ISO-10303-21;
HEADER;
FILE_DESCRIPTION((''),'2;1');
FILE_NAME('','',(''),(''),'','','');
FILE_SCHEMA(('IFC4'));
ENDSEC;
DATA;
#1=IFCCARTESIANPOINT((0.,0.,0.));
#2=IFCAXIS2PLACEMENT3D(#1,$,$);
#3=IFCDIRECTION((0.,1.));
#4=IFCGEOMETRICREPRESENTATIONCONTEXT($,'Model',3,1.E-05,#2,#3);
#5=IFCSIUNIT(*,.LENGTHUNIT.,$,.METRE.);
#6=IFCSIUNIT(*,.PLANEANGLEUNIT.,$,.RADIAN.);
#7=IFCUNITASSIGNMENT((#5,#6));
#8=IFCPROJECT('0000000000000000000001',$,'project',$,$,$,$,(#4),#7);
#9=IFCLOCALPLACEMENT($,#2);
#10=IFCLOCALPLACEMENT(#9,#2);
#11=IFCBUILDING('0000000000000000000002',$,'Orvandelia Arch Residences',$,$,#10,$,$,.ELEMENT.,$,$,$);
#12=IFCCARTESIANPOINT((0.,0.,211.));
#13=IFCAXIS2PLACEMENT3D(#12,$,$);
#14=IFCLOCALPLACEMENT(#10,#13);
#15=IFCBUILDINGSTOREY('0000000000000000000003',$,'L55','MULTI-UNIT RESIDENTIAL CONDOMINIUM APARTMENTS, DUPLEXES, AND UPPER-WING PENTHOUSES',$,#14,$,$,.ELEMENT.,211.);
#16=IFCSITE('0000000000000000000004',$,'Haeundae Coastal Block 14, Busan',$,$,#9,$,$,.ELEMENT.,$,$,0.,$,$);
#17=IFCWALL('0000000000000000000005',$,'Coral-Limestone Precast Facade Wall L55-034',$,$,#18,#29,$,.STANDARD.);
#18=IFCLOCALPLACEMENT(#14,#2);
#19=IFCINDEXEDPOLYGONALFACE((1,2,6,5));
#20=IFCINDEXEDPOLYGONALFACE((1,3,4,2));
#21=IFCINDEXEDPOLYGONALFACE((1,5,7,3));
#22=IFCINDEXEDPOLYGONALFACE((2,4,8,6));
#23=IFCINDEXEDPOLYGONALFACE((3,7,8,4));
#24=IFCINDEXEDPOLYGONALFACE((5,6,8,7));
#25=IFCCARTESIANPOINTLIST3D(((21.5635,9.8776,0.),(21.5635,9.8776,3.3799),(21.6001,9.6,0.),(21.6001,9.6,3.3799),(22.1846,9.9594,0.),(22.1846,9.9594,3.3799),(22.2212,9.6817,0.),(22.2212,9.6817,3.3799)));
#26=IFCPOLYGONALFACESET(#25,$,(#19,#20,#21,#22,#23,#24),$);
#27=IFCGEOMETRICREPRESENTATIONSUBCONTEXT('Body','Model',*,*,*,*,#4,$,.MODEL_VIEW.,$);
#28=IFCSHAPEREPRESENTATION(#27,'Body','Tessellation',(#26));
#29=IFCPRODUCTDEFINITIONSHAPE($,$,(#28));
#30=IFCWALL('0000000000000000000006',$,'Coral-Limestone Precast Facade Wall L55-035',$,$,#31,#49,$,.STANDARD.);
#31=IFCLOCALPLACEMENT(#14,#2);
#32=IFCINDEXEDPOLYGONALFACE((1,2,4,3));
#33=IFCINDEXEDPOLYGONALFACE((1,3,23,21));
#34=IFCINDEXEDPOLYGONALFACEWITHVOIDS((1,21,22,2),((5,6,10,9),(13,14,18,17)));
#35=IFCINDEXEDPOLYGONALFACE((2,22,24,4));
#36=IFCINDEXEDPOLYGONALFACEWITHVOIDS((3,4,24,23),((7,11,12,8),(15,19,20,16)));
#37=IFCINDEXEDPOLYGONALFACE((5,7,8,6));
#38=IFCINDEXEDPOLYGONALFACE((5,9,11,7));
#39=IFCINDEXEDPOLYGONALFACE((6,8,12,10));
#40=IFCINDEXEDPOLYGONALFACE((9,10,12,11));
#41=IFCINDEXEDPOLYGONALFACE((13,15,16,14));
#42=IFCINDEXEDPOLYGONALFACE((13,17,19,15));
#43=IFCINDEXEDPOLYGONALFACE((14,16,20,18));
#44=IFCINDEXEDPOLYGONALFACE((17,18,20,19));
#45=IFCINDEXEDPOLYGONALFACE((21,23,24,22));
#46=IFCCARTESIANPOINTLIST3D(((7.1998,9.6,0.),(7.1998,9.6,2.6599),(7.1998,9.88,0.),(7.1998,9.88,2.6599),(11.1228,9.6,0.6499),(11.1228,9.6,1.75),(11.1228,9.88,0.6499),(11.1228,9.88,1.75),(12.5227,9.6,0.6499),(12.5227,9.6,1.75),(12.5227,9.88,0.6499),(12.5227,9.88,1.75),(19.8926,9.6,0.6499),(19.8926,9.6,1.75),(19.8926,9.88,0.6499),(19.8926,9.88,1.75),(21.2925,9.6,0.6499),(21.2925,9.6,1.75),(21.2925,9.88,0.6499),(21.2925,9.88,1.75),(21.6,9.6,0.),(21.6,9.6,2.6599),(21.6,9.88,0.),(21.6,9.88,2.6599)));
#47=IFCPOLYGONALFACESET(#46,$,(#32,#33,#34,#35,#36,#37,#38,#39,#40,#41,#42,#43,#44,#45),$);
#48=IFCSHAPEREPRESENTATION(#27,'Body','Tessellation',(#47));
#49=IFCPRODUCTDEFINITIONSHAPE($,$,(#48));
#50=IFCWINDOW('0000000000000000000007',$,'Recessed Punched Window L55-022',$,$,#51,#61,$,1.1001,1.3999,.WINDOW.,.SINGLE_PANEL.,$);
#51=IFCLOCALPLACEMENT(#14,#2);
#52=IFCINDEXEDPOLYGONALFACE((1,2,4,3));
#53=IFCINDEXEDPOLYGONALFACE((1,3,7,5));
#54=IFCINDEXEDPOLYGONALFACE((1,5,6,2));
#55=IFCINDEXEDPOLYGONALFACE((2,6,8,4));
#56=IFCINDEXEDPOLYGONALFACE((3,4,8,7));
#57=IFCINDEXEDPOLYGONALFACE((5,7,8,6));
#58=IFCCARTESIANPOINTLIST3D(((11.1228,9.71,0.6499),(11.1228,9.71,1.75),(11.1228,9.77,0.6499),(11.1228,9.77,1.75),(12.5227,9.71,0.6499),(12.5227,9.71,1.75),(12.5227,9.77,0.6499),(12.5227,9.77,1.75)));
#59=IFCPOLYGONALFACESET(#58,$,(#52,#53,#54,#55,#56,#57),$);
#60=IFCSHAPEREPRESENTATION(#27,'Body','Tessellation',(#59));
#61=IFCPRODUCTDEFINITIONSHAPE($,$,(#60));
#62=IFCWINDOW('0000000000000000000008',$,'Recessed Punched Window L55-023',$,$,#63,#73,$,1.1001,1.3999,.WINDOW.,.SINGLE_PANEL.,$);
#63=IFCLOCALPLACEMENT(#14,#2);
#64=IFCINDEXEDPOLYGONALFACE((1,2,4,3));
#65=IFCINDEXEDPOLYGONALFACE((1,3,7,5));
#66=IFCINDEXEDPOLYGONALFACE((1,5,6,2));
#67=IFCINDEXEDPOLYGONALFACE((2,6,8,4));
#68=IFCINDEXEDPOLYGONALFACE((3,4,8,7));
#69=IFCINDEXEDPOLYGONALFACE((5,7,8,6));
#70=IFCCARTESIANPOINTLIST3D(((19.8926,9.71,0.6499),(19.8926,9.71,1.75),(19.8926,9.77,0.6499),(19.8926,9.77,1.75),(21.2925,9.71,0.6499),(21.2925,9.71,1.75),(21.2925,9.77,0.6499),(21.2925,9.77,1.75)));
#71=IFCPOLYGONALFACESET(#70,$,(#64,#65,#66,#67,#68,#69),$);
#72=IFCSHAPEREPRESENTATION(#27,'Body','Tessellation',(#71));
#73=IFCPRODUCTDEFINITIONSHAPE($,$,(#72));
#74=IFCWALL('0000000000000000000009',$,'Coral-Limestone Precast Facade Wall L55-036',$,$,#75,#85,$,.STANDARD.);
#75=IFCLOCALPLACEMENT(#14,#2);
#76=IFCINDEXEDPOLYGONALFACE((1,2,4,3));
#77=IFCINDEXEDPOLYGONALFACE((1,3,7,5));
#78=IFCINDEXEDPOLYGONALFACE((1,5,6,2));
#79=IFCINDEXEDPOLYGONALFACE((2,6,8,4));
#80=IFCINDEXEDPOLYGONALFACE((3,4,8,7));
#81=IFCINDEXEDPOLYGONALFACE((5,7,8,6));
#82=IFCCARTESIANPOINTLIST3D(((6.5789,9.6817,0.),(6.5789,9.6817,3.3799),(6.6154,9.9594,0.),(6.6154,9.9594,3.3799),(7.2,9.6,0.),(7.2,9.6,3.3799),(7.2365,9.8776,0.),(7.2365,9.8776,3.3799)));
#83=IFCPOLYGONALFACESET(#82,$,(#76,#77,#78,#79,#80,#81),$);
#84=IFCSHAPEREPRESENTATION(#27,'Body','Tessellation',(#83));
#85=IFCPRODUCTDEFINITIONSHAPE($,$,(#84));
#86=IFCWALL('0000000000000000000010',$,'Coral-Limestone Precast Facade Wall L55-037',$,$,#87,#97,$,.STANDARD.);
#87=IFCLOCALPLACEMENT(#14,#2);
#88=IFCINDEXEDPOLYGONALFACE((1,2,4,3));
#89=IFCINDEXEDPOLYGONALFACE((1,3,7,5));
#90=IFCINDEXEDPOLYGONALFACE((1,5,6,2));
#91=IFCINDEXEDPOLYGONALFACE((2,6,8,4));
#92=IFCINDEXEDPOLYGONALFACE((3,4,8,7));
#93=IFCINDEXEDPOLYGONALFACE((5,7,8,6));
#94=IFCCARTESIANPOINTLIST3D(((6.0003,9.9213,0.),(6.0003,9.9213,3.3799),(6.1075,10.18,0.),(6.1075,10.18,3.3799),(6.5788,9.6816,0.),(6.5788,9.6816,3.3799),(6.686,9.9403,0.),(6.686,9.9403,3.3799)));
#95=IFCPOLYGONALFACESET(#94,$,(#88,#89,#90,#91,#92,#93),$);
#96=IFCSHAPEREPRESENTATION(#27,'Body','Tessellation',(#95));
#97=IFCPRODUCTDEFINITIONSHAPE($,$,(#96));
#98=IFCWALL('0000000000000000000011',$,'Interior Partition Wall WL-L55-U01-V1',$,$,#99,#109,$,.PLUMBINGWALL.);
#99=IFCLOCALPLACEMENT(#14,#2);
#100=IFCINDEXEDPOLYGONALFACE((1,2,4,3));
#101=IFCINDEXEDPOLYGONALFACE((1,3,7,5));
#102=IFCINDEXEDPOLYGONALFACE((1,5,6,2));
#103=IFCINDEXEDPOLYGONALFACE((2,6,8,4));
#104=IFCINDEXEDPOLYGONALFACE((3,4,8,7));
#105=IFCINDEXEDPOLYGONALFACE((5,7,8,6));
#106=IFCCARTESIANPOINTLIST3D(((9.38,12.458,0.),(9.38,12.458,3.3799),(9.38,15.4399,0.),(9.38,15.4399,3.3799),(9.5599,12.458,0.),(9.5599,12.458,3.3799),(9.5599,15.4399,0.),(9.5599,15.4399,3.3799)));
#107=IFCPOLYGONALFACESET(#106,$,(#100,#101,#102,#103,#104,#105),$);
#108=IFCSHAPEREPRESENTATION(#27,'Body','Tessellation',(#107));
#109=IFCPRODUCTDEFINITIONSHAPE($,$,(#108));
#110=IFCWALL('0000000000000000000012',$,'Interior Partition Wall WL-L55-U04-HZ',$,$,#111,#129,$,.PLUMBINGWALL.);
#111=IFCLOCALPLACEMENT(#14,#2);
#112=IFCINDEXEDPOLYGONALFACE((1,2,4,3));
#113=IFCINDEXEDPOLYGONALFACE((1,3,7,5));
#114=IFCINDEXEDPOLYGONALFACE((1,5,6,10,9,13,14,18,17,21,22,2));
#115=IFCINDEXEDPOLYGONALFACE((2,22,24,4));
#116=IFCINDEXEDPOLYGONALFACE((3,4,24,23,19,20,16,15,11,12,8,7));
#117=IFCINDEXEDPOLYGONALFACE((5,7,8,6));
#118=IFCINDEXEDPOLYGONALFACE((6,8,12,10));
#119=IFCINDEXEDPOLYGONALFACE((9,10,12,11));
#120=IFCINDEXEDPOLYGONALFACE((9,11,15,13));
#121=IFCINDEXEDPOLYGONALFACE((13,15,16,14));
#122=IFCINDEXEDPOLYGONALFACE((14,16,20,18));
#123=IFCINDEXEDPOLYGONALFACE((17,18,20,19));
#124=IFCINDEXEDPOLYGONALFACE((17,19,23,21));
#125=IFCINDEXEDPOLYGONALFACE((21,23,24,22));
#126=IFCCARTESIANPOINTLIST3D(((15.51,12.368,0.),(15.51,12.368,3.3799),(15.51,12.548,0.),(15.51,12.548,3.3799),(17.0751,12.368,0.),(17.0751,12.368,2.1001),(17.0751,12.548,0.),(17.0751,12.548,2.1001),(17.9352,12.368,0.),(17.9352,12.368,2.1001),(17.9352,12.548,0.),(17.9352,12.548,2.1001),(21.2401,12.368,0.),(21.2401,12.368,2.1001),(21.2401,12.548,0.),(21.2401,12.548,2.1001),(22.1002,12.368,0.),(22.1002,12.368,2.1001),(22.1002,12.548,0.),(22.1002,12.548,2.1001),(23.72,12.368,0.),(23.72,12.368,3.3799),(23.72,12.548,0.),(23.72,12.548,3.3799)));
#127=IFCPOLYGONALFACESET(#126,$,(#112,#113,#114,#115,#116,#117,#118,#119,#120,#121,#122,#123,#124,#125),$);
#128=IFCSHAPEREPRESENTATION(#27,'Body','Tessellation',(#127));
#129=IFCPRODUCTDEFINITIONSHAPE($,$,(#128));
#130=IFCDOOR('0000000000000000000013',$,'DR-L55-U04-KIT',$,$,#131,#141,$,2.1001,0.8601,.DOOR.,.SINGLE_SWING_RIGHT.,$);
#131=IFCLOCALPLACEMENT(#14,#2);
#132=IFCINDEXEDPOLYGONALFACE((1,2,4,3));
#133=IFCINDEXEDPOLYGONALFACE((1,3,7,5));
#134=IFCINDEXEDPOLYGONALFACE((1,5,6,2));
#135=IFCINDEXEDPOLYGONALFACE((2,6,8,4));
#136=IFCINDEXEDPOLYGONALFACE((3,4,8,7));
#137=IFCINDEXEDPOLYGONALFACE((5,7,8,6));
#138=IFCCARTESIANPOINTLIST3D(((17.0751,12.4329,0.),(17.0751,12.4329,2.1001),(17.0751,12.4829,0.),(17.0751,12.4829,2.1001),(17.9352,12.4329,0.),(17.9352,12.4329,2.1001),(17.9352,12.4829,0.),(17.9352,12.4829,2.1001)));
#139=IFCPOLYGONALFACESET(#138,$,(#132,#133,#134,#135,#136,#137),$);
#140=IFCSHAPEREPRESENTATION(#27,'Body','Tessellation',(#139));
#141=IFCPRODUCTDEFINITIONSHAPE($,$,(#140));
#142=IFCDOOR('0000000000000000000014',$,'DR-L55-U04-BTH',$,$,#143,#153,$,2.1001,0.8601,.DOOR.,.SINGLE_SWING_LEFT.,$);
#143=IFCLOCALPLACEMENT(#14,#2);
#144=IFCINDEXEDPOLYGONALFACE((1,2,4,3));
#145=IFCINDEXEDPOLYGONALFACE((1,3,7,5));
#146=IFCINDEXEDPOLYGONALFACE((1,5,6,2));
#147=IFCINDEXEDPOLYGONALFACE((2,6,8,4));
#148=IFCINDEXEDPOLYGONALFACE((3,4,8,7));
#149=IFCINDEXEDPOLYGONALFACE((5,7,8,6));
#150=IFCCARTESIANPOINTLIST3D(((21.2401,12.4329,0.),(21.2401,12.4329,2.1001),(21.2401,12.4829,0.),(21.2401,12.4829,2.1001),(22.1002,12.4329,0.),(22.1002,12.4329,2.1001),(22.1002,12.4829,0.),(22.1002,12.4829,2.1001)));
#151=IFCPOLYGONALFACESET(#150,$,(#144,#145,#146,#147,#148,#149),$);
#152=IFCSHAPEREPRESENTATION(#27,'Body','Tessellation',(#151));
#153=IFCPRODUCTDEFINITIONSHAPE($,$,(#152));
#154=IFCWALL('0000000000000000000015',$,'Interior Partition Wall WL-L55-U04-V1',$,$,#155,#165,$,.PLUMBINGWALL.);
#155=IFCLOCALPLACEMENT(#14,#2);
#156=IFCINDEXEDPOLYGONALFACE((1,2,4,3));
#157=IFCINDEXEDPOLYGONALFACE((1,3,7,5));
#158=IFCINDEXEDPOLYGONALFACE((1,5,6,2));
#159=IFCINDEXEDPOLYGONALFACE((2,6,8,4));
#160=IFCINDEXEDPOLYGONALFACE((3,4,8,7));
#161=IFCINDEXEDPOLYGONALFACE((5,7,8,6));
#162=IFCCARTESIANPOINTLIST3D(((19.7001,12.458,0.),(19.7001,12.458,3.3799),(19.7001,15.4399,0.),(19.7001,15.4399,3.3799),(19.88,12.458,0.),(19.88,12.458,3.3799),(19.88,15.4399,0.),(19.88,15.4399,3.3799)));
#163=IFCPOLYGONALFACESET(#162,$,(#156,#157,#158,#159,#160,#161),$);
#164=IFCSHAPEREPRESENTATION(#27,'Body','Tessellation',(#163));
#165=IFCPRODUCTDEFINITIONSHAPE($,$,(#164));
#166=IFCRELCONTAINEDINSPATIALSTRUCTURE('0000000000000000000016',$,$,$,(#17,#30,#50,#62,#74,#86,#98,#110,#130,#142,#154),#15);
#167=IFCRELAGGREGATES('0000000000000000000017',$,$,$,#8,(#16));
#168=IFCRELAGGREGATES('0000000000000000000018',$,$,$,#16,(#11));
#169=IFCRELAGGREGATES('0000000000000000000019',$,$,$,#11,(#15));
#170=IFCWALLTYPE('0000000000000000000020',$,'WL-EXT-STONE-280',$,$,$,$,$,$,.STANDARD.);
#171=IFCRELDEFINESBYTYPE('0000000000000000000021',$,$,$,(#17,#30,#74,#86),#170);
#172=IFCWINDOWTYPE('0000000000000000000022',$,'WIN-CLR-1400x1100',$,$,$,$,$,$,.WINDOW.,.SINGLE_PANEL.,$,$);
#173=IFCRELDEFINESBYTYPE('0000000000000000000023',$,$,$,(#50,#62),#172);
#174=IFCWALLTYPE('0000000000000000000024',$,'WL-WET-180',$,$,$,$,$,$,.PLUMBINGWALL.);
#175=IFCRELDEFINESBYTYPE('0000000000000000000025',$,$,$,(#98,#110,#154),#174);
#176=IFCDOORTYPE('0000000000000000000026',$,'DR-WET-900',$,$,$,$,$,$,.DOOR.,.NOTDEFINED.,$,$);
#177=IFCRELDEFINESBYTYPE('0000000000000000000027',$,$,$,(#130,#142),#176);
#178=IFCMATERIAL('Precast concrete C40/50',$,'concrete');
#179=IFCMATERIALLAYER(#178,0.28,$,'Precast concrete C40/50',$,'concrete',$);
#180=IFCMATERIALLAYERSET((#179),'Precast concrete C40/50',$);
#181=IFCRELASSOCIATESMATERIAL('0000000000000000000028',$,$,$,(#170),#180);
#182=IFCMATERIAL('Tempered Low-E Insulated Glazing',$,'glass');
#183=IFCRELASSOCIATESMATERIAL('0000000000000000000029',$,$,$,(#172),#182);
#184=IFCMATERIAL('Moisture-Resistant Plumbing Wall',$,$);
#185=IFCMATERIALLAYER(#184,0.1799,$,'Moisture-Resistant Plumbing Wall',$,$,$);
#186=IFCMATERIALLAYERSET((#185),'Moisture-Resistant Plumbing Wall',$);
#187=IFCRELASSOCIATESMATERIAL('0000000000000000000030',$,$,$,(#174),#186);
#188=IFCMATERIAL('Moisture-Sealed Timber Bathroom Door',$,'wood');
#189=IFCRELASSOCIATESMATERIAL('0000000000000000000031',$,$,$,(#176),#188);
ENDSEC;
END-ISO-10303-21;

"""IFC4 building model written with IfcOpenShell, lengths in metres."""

from ifc_helpers import new_model, si_unit, direction, frame, frame_2d, origin, place, context, subcontext, project, spatial, rectangle, extrude, material, layer, layer_set, type_object, element, fill, save


model = new_model("IFC4")

# Units and contexts
model_context = context("Model", 3, precision=1e-05, world=origin(), true_north=direction((0.0, 1.0)))
body_context = subcontext(model_context, "Body", "Model", "MODEL_VIEW")
ifc_project = project(units=[si_unit("LENGTHUNIT", "METRE"), si_unit("PLANEANGLEUNIT", "RADIAN")], contexts=[model_context])

# Site, building, storey
site_placement = place(None, origin())
site = spatial("IfcSite", under=ifc_project, at=site_placement, Name="Haeundae Coastal Block 14, Busan", CompositionType="ELEMENT", RefElevation=0.0)
building_placement = place(site_placement, origin())
building = spatial("IfcBuilding", under=site, at=building_placement, Name="Orvandelia Arch Residences", CompositionType="ELEMENT")
storey_placement = place(building_placement, frame((0.0, 0.0, 211.0)))
storey = spatial("IfcBuildingStorey", under=building, at=storey_placement, Name="L55", Description="MULTI-UNIT RESIDENTIAL CONDOMINIUM APARTMENTS, DUPLEXES, AND UPPER-WING PENTHOUSES", CompositionType="ELEMENT", Elevation=211.0)

# Wall
ifc_material_1 = material(Name="Precast concrete C40/50", Category="concrete")
ifc_layer_1 = layer(ifc_material_1, 0.28, Name="Precast concrete C40/50", Category="concrete")
ifc_layer_set_1 = layer_set([ifc_layer_1], Name="Precast concrete C40/50")
wall_type_1 = type_object("IfcWallType", Name="WL-EXT-STONE-280", PredefinedType="STANDARD", material=ifc_layer_set_1)
for number, where, z_axis, x_axis, name in (
    (1, (22.2029, 9.8206, 0.0), (0.0, 0.0, 1.0), (-0.991441, -0.130555, 0.0), "Coral-Limestone Precast Facade Wall L55-034"),
):
    element("IfcWall", number, at=place(storey_placement, frame(where, z_axis=z_axis, x_axis=x_axis)), inside=storey, type_object=wall_type_1, Name=name, PredefinedType="STANDARD", context=body_context, shape_type="SweptSolid", body=[
        extrude(rectangle(XDim=0.6265, YDim=0.28, at=frame_2d((0.3132, 0.0))), origin(), (0.0, 0.0, 1.0), 3.3799),
    ])

# Wall, openings, windows
wall_1_placement = place(storey_placement, frame((21.6001, 9.74, 0.0), z_axis=(0.0, 0.0, 1.0), x_axis=(-1.0, 0.0, 0.0)))
wall_1 = element("IfcWall", 2, at=wall_1_placement, inside=storey, type_object=wall_type_1, Name="Coral-Limestone Precast Facade Wall L55-035", PredefinedType="STANDARD", context=body_context, shape_type="SweptSolid", body=[
    extrude(rectangle(XDim=14.4001, YDim=0.28, at=frame_2d((7.2002, 0.0))), origin(), (0.0, 0.0, 1.0), 2.6599),
])
opening_1_placement = place(wall_1_placement, frame((9.0774, 0.0, 0.6499)))
opening_1 = element("IfcOpeningElement", 3, at=opening_1_placement, cuts=wall_1, PredefinedType="OPENING", context=body_context, shape_type="SweptSolid", body=[
    extrude(rectangle(XDim=1.3999, YDim=1.1001, at=frame_2d((0.7, 0.55))), frame((0.0, 0.1499, 0.0), z_axis=(0.0, -1.0, 0.0), x_axis=(1.0, 0.0, 0.0)), (0.0, 0.0, 1.0), 0.3),
])
opening_2_placement = place(wall_1_placement, frame((0.3076, 0.0, 0.6499)))
opening_2 = element("IfcOpeningElement", 4, at=opening_2_placement, cuts=wall_1, PredefinedType="OPENING", context=body_context, shape_type="SweptSolid", body=[
    extrude(rectangle(XDim=1.3999, YDim=1.1001, at=frame_2d((0.7, 0.55))), frame((0.0, 0.1499, 0.0), z_axis=(0.0, -1.0, 0.0), x_axis=(1.0, 0.0, 0.0)), (0.0, 0.0, 1.0), 0.3),
])
ifc_material_2 = material(Name="Tempered Low-E Insulated Glazing", Category="glass")
window_type = type_object("IfcWindowType", Name="WIN-CLR-1400x1100", PartitioningType="SINGLE_PANEL", PredefinedType="WINDOW", material=ifc_material_2)
window_1_placement = place(opening_1_placement, origin())
window_1 = element("IfcWindow", 5, at=window_1_placement, inside=storey, type_object=window_type, Name="Recessed Punched Window L55-022", OverallHeight=1.1001, OverallWidth=1.3999, PartitioningType="SINGLE_PANEL", PredefinedType="WINDOW", context=body_context, shape_type="SweptSolid", body=[
    extrude(rectangle(XDim=1.3999, YDim=1.1001, at=frame_2d((0.7, 0.55))), frame((0.0, 0.03, 0.0), z_axis=(0.0, -1.0, 0.0), x_axis=(1.0, 0.0, 0.0)), (0.0, 0.0, 1.0), 0.0601),
])
fill(opening_1, window_1)
window_2_placement = place(opening_2_placement, origin())
window_2 = element("IfcWindow", 6, at=window_2_placement, inside=storey, type_object=window_type, Name="Recessed Punched Window L55-023", OverallHeight=1.1001, OverallWidth=1.3999, PartitioningType="SINGLE_PANEL", PredefinedType="WINDOW", context=body_context, shape_type="SweptSolid", body=[
    extrude(rectangle(XDim=1.3999, YDim=1.1001, at=frame_2d((0.7, 0.55))), frame((0.0, 0.03, 0.0), z_axis=(0.0, -1.0, 0.0), x_axis=(1.0, 0.0, 0.0)), (0.0, 0.0, 1.0), 0.0601),
])
fill(opening_2, window_2)

# Walls
wall_2_placement = place(storey_placement, frame((7.2183, 9.7388, 0.0), z_axis=(0.0, 0.0, 1.0), x_axis=(-0.991441, 0.130555, 0.0)))
element("IfcWall", 7, at=wall_2_placement, inside=storey, type_object=wall_type_1, Name="Coral-Limestone Precast Facade Wall L55-036", PredefinedType="STANDARD", context=body_context, shape_type="SweptSolid", body=[
    extrude(rectangle(XDim=0.6265, YDim=0.28, at=frame_2d((0.3132, 0.0))), origin(), (0.0, 0.0, 1.0), 3.3799),
])
wall_3_placement = place(storey_placement, frame((6.6323, 9.811, 0.0), z_axis=(0.0, 0.0, 1.0), x_axis=(-0.923836, 0.382788, 0.0)))
element("IfcWall", 8, at=wall_3_placement, inside=storey, type_object=wall_type_1, Name="Coral-Limestone Precast Facade Wall L55-037", PredefinedType="STANDARD", context=body_context, shape_type="SweptSolid", body=[
    extrude(rectangle(XDim=0.6262, YDim=0.28, at=frame_2d((0.313, 0.0))), origin(), (0.0, 0.0, 1.0), 3.3799),
])
ifc_material_3 = material(Name="Moisture-Resistant Plumbing Wall")
ifc_layer_2 = layer(ifc_material_3, 0.1799, Name="Moisture-Resistant Plumbing Wall")
ifc_layer_set_2 = layer_set([ifc_layer_2], Name="Moisture-Resistant Plumbing Wall")
wall_type_2 = type_object("IfcWallType", Name="WL-WET-180", PredefinedType="PLUMBINGWALL", material=ifc_layer_set_2)
wall_4_placement = place(storey_placement, frame((9.47, 12.458, 0.0), z_axis=(0.0, 0.0, 1.0), x_axis=(0.0, 1.0, 0.0)))
element("IfcWall", 9, at=wall_4_placement, inside=storey, type_object=wall_type_2, Name="Interior Partition Wall WL-L55-U01-V1", PredefinedType="PLUMBINGWALL", context=body_context, shape_type="SweptSolid", body=[
    extrude(rectangle(XDim=2.9819, YDim=0.1799, at=frame_2d((1.491, 0.0))), origin(), (0.0, 0.0, 1.0), 3.3799),
])

# Wall, openings, doors
wall_5_placement = place(storey_placement, frame((15.51, 12.458, 0.0), z_axis=(0.0, 0.0, 1.0), x_axis=(1.0, 0.0, 0.0)))
wall_5 = element("IfcWall", 10, at=wall_5_placement, inside=storey, type_object=wall_type_2, Name="Interior Partition Wall WL-L55-U04-HZ", PredefinedType="PLUMBINGWALL", context=body_context, shape_type="SweptSolid", body=[
    extrude(rectangle(XDim=8.21, YDim=0.1799, at=frame_2d((4.105, 0.0))), origin(), (0.0, 0.0, 1.0), 3.3799),
])
opening_3_placement = place(wall_5_placement, frame((1.5649, 0.0, 0.0)))
opening_3 = element("IfcOpeningElement", 11, at=opening_3_placement, cuts=wall_5, PredefinedType="OPENING", context=body_context, shape_type="SweptSolid", body=[
    extrude(rectangle(XDim=0.8601, YDim=2.1001, at=frame_2d((0.4302, 1.05))), frame((0.0, 0.1001, 0.0), z_axis=(0.0, -1.0, 0.0), x_axis=(1.0, 0.0, 0.0)), (0.0, 0.0, 1.0), 0.2),
])
opening_4_placement = place(wall_5_placement, frame((5.73, 0.0, 0.0)))
opening_4 = element("IfcOpeningElement", 12, at=opening_4_placement, cuts=wall_5, PredefinedType="OPENING", context=body_context, shape_type="SweptSolid", body=[
    extrude(rectangle(XDim=0.8601, YDim=2.1001, at=frame_2d((0.4302, 1.05))), frame((0.0, 0.1001, 0.0), z_axis=(0.0, -1.0, 0.0), x_axis=(1.0, 0.0, 0.0)), (0.0, 0.0, 1.0), 0.2),
])
ifc_material_4 = material(Name="Moisture-Sealed Timber Bathroom Door", Category="wood")
door_type_1 = type_object("IfcDoorType", Name="DR-WET-900", OperationType="NOTDEFINED", PredefinedType="DOOR", material=ifc_material_4)
door_1_placement = place(opening_3_placement, origin())
door_1 = element("IfcDoor", 13, at=door_1_placement, inside=storey, type_object=door_type_1, Name="DR-L55-U04-KIT", OperationType="SINGLE_SWING_RIGHT", OverallHeight=2.1001, OverallWidth=0.8601, PredefinedType="DOOR", context=body_context, shape_type="SweptSolid", body=[
    extrude(rectangle(XDim=0.8601, YDim=2.1001, at=frame_2d((0.4302, 1.05))), frame((0.0, 0.0249, 0.0), z_axis=(0.0, -1.0, 0.0), x_axis=(1.0, 0.0, 0.0)), (0.0, 0.0, 1.0), 0.05),
])
fill(opening_3, door_1)
door_2_placement = place(opening_4_placement, origin())
door_2 = element("IfcDoor", 14, at=door_2_placement, inside=storey, type_object=door_type_1, Name="DR-L55-U04-BTH", OperationType="SINGLE_SWING_LEFT", OverallHeight=2.1001, OverallWidth=0.8601, PredefinedType="DOOR", context=body_context, shape_type="SweptSolid", body=[
    extrude(rectangle(XDim=0.8601, YDim=2.1001, at=frame_2d((0.4302, 1.05))), frame((0.0, 0.0249, 0.0), z_axis=(0.0, -1.0, 0.0), x_axis=(1.0, 0.0, 0.0)), (0.0, 0.0, 1.0), 0.05),
])
fill(opening_4, door_2)

# Wall
wall_6_placement = place(storey_placement, frame((19.79, 12.458, 0.0), z_axis=(0.0, 0.0, 1.0), x_axis=(0.0, 1.0, 0.0)))
element("IfcWall", 15, at=wall_6_placement, inside=storey, type_object=wall_type_2, Name="Interior Partition Wall WL-L55-U04-V1", PredefinedType="PLUMBINGWALL", context=body_context, shape_type="SweptSolid", body=[
    extrude(rectangle(XDim=2.9819, YDim=0.1799, at=frame_2d((1.491, 0.0))), origin(), (0.0, 0.0, 1.0), 3.3799),
])

save(model, "model.ifc")
